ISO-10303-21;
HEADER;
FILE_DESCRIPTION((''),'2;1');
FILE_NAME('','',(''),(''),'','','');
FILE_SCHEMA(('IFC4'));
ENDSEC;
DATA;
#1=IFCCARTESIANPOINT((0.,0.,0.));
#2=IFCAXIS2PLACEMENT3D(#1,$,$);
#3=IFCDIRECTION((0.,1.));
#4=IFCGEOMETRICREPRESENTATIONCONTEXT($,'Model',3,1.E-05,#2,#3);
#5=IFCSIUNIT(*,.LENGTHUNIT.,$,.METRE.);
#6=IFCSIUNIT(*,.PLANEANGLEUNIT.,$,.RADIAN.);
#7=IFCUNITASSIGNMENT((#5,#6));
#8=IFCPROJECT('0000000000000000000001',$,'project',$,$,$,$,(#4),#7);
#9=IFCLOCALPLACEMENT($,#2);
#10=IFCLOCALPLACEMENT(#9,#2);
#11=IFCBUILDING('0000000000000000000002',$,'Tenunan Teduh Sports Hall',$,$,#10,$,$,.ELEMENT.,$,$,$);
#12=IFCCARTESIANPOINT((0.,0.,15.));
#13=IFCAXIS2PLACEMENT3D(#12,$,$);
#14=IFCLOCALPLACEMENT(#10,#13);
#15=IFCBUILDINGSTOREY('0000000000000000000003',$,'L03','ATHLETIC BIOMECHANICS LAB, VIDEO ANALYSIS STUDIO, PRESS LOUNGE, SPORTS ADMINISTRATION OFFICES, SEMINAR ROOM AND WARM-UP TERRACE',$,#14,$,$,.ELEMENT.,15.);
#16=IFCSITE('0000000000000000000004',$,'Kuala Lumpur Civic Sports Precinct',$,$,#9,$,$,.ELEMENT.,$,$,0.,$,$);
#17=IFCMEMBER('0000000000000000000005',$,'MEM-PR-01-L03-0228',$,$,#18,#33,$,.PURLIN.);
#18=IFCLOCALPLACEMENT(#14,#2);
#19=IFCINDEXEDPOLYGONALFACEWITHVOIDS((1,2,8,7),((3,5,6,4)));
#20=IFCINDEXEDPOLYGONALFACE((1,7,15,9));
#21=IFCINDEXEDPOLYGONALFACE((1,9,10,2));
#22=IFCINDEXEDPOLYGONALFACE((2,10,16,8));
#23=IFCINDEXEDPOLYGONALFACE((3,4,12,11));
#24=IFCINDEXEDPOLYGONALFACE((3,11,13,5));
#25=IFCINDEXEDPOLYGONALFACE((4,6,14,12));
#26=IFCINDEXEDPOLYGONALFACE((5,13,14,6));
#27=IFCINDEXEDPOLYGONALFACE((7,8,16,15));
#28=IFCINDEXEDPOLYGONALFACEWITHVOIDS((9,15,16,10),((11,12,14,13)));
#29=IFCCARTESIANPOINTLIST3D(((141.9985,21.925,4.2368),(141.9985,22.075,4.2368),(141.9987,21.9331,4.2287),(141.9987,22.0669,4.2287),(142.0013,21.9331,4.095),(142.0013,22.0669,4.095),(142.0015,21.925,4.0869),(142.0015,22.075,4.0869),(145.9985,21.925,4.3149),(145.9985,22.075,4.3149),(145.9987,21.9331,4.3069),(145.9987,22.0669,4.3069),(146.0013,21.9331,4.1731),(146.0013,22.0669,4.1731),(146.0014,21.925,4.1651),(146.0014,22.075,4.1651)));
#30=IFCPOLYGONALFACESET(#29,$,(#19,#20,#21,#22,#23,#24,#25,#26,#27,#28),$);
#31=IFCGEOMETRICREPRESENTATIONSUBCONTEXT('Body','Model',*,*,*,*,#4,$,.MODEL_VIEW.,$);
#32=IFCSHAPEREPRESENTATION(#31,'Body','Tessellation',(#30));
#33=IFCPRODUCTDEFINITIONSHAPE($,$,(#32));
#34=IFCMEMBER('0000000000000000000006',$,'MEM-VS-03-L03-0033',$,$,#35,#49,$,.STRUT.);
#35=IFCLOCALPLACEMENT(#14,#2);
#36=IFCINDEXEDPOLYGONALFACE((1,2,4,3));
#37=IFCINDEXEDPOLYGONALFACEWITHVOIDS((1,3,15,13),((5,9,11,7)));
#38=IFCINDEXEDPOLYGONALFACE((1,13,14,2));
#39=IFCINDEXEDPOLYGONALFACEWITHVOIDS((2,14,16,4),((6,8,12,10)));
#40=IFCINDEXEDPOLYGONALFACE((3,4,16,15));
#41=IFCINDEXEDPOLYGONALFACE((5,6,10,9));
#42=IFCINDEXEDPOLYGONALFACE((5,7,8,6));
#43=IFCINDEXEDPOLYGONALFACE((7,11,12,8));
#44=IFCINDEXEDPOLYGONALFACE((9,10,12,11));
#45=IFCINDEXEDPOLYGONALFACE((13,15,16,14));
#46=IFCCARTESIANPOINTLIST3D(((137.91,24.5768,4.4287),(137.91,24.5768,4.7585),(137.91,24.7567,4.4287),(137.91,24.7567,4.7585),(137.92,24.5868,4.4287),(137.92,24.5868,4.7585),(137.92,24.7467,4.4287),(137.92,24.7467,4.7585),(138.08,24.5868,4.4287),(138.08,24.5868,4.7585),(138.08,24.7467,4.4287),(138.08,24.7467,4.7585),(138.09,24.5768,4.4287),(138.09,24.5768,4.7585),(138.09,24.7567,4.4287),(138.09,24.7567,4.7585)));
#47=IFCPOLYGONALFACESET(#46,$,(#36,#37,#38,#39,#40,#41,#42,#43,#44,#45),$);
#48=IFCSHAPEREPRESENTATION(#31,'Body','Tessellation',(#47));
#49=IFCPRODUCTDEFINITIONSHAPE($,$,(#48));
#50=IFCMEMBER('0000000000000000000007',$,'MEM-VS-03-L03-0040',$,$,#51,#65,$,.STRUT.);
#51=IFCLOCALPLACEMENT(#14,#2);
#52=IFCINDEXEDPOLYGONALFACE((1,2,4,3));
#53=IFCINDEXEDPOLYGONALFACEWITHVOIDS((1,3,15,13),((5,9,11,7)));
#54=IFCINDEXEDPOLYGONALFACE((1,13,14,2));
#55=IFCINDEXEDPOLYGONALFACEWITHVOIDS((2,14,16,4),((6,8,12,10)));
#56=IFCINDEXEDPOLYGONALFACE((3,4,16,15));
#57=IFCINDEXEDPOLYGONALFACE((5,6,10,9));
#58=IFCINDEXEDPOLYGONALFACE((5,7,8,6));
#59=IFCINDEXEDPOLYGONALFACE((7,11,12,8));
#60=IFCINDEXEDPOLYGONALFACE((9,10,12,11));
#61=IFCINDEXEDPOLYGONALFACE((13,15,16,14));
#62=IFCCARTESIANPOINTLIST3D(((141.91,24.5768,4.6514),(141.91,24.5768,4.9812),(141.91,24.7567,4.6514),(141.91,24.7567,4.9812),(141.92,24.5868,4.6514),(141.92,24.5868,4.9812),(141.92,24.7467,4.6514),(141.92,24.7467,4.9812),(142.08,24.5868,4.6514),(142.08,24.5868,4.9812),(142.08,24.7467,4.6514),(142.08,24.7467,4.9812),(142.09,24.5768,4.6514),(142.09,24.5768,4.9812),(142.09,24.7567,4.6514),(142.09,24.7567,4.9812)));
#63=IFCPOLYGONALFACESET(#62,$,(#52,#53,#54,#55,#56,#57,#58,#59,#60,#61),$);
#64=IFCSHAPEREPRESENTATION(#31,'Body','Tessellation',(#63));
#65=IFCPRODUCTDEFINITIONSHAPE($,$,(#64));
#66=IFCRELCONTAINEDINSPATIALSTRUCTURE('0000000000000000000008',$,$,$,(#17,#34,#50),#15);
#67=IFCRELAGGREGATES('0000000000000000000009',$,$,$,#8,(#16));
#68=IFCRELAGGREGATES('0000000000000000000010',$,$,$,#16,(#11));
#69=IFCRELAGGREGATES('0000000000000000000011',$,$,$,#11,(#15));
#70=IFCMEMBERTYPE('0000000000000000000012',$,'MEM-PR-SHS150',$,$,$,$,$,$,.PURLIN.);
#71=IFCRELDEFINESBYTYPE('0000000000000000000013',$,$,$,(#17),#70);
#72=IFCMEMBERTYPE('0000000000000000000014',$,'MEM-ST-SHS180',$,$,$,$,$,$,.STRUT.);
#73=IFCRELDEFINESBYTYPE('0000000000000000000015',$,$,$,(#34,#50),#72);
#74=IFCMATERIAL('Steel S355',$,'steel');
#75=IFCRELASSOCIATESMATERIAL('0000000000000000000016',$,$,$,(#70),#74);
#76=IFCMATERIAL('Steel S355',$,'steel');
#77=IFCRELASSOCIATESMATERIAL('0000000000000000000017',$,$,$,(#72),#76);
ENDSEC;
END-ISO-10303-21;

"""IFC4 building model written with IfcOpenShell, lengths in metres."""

from ifc_helpers import new_model, si_unit, direction, frame, origin, origin_2d, place, context, subcontext, project, spatial, hollow_rectangle, extrude, material, material_profile, profile_set, type_object, element, save


model = new_model("IFC4")

# Units and contexts
model_context = context("Model", 3, precision=1e-05, world=origin(), true_north=direction((0.0, 1.0)))
body_context = subcontext(model_context, "Body", "Model", "MODEL_VIEW")
ifc_project = project(units=[si_unit("LENGTHUNIT", "METRE"), si_unit("PLANEANGLEUNIT", "RADIAN")], contexts=[model_context])

# Site, building, storey
site_placement = place(None, origin())
site = spatial("IfcSite", under=ifc_project, at=site_placement, Name="Kuala Lumpur Civic Sports Precinct", CompositionType="ELEMENT", RefElevation=0.0)
building_placement = place(site_placement, origin())
building = spatial("IfcBuilding", under=site, at=building_placement, Name="Tenunan Teduh Sports Hall", CompositionType="ELEMENT")
storey_placement = place(building_placement, frame((0.0, 0.0, 15.0)))
storey = spatial("IfcBuildingStorey", under=building, at=storey_placement, Name="L03", Description="ATHLETIC BIOMECHANICS LAB, VIDEO ANALYSIS STUDIO, PRESS LOUNGE, SPORTS ADMINISTRATION OFFICES, SEMINAR ROOM AND WARM-UP TERRACE", CompositionType="ELEMENT", Elevation=15.0)

# Members
ifc_material_1 = material(Name="Steel S355", Category="steel")
ifc_material_profile_1 = material_profile(ifc_material_1, hollow_rectangle(XDim=0.1499, YDim=0.1499, WallThickness=0.0081, at=origin_2d()), Name="SHS 150x150x8.0")
ifc_profile_set_1 = profile_set([ifc_material_profile_1], Name="Steel S355")
member_type_1 = type_object("IfcMemberType", Name="MEM-PR-SHS150", PredefinedType="PURLIN", material=ifc_profile_set_1)
member_1_placement = place(storey_placement, frame((142.0, 22.0, 4.1619), z_axis=(0.999809, 0.0, 0.019528), x_axis=(0.0, 1.0, 0.0)))
element("IfcMember", 1, at=member_1_placement, inside=storey, type_object=member_type_1, Name="MEM-PR-01-L03-0228", PredefinedType="PURLIN", context=body_context, shape_type="SweptSolid", body=[
    extrude(hollow_rectangle(XDim=0.1499, YDim=0.1499, WallThickness=0.0081, at=origin_2d()), origin(), (0.0, 0.0, 1.0), 4.0007),
])
ifc_material_2 = material(Name="Steel S355", Category="steel")
ifc_material_profile_2 = material_profile(ifc_material_2, hollow_rectangle(XDim=0.1799, YDim=0.1799, WallThickness=0.01, at=origin_2d()), Name="SHS 180x180x10.0")
ifc_profile_set_2 = profile_set([ifc_material_profile_2], Name="Steel S355")
member_type_2 = type_object("IfcMemberType", Name="MEM-ST-SHS180", PredefinedType="STRUT", material=ifc_profile_set_2)
for number, where, z_axis, x_axis, name in (
    (2, (138.0, 24.6667, 4.4287), (0.0, 0.0, 1.0), (1.0, 0.0, 0.0), "MEM-VS-03-L03-0033"),
    (3, (142.0, 24.6667, 4.6514), (0.0, 0.0, 1.0), (1.0, 0.0, 0.0), "MEM-VS-03-L03-0040"),
):
    element("IfcMember", number, at=place(storey_placement, frame(where, z_axis=z_axis, x_axis=x_axis)), inside=storey, type_object=member_type_2, Name=name, PredefinedType="STRUT", context=body_context, shape_type="SweptSolid", body=[
        extrude(hollow_rectangle(XDim=0.1799, YDim=0.1799, WallThickness=0.01, at=origin_2d()), origin(), (0.0, 0.0, 1.0), 0.3298),
    ])

save(model, "model.ifc")
